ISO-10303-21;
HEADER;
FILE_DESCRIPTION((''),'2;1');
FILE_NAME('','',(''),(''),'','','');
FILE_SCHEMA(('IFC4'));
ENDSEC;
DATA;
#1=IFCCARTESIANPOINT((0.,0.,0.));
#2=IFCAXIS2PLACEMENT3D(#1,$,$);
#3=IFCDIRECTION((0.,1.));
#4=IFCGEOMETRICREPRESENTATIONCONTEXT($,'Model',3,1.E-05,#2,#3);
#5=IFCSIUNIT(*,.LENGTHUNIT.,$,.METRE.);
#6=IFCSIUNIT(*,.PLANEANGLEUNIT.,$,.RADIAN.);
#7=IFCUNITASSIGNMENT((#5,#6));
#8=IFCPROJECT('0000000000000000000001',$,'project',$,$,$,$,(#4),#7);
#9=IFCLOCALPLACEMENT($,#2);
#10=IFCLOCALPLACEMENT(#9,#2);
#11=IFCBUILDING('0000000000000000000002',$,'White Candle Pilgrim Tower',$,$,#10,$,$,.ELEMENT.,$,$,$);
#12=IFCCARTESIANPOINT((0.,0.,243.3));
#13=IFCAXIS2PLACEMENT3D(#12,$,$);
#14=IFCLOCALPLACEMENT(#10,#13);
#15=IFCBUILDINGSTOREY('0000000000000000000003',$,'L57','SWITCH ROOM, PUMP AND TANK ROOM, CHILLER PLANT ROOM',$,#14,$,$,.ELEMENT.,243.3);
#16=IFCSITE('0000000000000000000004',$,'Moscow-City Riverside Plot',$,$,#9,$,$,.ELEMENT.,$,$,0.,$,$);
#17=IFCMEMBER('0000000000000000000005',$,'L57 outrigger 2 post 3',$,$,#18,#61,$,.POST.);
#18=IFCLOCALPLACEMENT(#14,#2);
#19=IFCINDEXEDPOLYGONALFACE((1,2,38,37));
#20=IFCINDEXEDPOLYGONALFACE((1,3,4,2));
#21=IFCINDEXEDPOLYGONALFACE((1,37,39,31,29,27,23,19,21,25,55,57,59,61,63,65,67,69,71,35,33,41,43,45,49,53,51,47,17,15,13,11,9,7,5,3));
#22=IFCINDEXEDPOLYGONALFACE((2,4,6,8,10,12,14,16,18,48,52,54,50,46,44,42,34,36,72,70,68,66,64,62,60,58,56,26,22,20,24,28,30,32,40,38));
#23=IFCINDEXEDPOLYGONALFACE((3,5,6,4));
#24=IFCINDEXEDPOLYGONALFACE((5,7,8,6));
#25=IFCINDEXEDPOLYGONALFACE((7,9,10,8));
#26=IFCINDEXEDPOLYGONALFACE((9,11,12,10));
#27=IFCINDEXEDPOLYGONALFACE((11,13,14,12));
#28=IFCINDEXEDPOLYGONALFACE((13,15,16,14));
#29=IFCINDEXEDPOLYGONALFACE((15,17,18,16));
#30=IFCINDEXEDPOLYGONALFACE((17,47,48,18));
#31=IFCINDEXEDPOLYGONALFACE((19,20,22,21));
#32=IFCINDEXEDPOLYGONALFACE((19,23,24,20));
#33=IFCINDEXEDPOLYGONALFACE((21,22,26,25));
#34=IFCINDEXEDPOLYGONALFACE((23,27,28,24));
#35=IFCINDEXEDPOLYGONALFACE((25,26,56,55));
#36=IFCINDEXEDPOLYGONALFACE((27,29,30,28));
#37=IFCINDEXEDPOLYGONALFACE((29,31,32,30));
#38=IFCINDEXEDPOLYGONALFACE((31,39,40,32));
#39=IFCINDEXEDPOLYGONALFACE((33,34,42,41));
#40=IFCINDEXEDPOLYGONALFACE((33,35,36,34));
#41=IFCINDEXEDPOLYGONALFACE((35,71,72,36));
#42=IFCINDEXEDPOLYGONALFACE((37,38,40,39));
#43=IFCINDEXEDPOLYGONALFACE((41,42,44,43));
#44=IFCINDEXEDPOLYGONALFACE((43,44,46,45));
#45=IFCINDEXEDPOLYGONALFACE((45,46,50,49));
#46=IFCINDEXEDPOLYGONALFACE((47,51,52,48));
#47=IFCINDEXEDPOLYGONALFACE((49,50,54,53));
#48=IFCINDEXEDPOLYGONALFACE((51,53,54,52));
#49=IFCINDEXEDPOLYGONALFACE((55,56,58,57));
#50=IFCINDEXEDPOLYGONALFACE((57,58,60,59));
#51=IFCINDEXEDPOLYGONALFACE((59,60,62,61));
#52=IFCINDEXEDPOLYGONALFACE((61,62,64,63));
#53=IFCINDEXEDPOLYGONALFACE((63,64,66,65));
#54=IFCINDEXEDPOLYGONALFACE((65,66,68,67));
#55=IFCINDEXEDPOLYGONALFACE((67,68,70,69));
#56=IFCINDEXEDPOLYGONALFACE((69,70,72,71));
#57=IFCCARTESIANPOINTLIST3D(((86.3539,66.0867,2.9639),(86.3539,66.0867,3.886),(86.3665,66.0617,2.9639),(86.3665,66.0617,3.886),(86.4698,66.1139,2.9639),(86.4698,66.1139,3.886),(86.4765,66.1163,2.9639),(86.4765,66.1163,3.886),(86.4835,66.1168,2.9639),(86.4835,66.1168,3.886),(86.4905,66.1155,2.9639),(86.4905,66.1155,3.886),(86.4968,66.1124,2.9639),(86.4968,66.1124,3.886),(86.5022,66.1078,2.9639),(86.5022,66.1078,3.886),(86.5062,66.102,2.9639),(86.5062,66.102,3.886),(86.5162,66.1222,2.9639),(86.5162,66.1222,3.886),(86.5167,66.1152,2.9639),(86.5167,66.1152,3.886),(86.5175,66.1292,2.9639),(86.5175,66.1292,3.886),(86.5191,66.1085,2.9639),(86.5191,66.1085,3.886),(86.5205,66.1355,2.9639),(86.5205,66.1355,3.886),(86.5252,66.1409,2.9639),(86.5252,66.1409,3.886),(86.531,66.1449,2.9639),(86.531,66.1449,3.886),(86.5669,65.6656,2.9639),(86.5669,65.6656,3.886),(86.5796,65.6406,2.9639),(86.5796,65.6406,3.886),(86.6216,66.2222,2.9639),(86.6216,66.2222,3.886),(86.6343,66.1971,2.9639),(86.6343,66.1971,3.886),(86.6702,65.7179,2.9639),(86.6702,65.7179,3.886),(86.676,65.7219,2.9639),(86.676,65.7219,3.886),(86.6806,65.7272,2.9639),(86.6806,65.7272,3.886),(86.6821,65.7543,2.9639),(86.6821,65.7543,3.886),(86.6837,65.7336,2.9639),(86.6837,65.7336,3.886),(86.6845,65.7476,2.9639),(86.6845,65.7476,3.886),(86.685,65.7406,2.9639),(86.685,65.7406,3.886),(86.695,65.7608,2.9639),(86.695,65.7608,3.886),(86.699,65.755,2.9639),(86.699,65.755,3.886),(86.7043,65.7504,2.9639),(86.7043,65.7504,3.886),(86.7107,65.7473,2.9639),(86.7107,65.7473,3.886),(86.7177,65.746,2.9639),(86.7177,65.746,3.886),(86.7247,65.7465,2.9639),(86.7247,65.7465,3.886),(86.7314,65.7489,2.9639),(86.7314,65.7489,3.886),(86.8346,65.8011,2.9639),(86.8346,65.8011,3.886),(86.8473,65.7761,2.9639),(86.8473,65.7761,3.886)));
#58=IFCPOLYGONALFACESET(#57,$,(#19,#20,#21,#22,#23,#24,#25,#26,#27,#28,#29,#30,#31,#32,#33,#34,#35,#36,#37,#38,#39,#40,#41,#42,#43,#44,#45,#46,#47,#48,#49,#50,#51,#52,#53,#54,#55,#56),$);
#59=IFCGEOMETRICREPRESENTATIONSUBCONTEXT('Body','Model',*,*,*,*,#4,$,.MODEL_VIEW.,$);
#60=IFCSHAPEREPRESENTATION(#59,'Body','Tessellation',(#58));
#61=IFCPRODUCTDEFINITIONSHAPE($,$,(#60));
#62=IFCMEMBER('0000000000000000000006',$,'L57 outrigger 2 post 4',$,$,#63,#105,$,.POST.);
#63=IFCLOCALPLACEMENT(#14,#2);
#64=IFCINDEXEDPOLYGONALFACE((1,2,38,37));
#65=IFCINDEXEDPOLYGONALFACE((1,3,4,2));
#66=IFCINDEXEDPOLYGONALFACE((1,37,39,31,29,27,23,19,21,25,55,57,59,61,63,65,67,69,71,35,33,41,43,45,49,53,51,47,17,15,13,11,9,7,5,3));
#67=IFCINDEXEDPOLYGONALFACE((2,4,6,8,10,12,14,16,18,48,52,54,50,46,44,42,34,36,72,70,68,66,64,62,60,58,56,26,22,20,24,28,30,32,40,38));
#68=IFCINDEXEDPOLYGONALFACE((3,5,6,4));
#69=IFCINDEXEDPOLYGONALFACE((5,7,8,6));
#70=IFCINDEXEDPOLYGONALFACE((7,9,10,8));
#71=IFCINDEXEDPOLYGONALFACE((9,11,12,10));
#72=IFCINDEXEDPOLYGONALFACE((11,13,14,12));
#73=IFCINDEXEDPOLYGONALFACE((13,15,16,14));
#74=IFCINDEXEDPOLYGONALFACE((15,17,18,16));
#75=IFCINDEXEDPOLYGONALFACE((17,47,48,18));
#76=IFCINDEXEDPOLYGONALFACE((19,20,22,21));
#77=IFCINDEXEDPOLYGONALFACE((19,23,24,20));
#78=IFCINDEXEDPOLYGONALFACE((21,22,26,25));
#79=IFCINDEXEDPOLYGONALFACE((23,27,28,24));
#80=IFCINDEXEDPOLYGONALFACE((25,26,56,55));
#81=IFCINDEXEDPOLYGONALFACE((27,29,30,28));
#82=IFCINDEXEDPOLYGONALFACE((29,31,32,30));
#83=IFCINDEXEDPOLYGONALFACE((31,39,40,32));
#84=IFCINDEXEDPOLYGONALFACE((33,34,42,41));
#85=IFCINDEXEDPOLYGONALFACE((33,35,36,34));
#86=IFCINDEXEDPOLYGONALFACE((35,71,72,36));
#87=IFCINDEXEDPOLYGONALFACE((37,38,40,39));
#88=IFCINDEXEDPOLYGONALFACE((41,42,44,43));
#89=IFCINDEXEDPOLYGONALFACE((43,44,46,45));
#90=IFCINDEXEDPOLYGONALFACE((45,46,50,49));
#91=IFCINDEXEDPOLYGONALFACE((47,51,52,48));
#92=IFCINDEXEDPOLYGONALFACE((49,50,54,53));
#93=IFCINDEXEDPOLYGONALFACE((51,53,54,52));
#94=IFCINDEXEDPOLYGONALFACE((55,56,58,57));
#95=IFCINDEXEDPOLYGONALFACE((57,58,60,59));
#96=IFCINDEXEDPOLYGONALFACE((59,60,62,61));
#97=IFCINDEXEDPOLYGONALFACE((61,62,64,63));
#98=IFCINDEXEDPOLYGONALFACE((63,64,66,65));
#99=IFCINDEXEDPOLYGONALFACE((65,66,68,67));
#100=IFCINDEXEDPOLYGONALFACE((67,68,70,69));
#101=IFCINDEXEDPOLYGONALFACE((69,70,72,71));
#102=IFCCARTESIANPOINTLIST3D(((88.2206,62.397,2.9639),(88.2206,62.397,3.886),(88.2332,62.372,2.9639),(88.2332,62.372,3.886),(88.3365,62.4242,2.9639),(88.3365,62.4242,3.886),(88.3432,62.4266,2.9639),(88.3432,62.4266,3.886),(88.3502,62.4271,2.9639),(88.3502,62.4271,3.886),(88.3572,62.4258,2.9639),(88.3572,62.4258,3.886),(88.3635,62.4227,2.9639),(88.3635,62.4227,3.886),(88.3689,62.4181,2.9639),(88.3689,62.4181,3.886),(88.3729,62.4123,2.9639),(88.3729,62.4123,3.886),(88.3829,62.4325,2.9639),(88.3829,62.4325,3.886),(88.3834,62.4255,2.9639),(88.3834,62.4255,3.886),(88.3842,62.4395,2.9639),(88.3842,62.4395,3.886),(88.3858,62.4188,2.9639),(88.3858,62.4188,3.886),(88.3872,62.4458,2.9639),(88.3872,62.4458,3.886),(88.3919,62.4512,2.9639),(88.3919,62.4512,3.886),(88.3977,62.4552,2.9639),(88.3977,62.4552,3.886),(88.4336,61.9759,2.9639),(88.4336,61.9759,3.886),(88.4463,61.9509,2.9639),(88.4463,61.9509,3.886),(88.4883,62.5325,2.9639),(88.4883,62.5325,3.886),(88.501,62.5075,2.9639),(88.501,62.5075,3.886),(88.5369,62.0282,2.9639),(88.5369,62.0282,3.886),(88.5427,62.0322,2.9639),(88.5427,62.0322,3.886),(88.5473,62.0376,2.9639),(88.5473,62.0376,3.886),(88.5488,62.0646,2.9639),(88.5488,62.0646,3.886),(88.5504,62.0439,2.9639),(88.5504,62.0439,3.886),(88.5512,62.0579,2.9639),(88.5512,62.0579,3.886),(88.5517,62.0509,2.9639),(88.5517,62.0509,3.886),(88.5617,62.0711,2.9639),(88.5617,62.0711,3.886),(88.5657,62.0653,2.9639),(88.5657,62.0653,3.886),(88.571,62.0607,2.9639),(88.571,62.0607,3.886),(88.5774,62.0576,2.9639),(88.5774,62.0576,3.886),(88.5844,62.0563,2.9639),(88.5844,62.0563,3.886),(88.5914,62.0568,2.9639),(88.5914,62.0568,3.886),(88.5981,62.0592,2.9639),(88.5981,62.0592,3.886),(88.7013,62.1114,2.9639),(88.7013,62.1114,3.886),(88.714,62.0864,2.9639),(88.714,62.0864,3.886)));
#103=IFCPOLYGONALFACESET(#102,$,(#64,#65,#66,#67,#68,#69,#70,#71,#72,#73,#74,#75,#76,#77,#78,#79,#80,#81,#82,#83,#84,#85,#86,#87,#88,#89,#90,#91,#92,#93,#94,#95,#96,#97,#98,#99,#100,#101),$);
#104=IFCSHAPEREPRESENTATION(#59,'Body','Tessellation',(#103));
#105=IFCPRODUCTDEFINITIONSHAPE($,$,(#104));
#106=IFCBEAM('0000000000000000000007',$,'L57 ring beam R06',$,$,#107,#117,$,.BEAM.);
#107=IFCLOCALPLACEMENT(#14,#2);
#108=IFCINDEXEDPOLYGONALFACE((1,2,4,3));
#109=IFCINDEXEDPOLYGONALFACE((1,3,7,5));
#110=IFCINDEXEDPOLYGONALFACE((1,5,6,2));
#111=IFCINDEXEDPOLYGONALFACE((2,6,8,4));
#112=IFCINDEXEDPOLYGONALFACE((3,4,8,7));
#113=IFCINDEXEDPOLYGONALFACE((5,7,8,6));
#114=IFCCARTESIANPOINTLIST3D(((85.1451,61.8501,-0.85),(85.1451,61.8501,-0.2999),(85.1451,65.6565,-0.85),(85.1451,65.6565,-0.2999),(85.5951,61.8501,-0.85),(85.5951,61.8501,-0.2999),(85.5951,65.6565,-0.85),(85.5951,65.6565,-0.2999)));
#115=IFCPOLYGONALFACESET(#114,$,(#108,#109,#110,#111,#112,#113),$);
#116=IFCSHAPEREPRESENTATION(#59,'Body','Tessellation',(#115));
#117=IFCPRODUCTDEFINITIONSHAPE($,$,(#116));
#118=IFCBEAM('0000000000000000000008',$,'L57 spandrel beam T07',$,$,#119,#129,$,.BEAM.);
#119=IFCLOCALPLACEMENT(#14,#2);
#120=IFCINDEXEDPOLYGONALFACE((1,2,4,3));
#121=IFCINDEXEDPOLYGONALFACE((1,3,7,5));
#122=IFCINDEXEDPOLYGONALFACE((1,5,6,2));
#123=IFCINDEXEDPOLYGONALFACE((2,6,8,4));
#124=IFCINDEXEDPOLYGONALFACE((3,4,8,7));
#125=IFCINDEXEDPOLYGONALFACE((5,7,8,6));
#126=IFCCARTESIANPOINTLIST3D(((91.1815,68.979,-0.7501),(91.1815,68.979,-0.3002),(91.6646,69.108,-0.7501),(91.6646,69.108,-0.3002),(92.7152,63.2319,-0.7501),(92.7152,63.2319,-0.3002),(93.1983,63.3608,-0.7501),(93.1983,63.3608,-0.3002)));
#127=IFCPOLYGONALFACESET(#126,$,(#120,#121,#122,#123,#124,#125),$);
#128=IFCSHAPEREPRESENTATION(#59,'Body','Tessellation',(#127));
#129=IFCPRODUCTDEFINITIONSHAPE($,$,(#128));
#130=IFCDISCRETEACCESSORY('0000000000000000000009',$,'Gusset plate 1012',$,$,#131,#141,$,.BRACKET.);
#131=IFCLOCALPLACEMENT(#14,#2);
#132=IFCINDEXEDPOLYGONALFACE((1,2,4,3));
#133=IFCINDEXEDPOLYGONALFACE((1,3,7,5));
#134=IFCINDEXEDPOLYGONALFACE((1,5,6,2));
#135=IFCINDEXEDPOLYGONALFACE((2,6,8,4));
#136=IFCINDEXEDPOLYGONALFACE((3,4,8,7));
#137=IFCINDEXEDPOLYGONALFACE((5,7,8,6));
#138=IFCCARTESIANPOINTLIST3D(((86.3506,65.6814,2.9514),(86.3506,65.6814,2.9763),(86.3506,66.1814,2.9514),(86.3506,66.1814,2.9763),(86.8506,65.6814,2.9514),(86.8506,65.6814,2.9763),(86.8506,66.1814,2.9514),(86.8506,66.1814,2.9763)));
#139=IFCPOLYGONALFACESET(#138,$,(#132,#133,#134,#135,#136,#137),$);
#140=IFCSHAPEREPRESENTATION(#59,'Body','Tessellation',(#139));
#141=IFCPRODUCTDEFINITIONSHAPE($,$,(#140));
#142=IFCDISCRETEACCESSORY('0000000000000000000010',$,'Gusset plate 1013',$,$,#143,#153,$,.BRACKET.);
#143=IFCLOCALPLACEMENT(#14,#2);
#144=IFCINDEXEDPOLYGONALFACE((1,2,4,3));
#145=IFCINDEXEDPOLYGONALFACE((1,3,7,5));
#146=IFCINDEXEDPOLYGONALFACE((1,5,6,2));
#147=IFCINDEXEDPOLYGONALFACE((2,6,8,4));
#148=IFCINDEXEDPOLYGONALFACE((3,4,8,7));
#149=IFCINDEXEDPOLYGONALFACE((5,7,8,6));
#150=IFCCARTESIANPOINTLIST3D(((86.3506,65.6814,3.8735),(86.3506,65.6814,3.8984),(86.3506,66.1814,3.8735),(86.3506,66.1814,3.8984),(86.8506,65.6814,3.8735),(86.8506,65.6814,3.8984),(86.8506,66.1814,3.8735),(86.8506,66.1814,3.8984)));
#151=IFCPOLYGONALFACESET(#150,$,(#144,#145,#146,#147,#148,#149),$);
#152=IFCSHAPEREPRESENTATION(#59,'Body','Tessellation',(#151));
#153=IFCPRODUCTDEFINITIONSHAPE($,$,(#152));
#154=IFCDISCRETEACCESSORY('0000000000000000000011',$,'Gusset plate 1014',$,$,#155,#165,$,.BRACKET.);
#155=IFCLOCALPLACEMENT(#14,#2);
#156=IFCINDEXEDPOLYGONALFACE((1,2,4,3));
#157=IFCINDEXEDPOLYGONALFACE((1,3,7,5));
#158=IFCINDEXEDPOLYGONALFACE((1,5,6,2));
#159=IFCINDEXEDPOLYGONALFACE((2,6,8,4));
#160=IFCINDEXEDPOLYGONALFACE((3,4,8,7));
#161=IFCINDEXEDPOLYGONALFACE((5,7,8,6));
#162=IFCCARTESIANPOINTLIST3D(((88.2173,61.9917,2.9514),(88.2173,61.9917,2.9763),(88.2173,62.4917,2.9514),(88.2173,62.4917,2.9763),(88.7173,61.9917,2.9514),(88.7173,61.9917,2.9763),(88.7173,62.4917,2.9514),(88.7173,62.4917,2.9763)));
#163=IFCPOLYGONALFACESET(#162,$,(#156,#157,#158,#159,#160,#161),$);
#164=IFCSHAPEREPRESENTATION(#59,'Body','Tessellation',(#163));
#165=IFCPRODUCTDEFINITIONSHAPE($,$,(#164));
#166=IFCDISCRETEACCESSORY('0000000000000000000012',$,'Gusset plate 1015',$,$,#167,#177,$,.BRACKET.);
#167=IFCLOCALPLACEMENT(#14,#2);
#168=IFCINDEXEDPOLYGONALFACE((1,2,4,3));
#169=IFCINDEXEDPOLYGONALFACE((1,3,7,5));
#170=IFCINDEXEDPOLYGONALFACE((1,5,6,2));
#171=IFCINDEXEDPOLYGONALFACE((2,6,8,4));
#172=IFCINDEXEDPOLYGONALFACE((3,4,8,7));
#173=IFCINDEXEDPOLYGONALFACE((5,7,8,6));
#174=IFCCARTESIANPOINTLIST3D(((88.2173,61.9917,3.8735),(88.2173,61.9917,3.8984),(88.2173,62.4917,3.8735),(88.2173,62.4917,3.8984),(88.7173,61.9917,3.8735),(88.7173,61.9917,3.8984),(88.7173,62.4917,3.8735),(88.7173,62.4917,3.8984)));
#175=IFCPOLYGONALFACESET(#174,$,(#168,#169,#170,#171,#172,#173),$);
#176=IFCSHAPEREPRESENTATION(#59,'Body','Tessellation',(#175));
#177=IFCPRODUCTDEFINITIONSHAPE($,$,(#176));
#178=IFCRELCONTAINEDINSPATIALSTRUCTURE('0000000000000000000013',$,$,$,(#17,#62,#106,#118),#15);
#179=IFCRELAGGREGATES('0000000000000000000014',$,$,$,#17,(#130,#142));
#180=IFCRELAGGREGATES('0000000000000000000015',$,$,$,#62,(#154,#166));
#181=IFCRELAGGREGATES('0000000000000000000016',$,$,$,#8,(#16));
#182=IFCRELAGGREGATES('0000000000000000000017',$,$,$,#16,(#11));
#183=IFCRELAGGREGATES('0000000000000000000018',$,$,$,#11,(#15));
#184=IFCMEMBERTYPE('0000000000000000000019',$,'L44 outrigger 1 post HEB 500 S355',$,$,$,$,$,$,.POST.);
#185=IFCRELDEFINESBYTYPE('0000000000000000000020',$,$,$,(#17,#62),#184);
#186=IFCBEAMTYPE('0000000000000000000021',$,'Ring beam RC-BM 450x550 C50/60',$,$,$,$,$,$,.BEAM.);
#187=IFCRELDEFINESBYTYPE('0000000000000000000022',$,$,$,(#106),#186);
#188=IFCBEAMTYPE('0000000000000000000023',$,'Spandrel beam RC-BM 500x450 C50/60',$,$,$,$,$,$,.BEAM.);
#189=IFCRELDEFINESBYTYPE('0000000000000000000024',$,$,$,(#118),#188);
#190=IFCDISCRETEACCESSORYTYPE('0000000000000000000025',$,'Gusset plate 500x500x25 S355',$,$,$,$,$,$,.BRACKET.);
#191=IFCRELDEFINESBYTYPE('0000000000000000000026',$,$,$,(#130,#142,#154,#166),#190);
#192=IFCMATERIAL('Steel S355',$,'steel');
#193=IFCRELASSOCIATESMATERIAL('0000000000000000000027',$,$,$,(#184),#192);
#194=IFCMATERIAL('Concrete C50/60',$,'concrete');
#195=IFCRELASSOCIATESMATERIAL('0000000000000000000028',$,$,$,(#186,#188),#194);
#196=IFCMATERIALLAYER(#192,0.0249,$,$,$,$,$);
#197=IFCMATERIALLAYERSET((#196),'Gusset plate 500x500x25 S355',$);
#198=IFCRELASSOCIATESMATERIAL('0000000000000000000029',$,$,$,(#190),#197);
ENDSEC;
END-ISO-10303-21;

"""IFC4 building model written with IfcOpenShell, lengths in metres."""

from ifc_helpers import new_model, si_unit, direction, frame, origin, origin_2d, place, context, subcontext, project, spatial, rectangle, i_section, extrude, material, layer, layer_set, material_profile, profile_set, type_object, element, aggregate, save


model = new_model("IFC4")

# Units and contexts
model_context = context("Model", 3, precision=1e-05, world=origin(), true_north=direction((0.0, 1.0)))
body_context = subcontext(model_context, "Body", "Model", "MODEL_VIEW")
ifc_project = project(units=[si_unit("LENGTHUNIT", "METRE"), si_unit("PLANEANGLEUNIT", "RADIAN")], contexts=[model_context])

# Site, building, storey
site_placement = place(None, origin())
site = spatial("IfcSite", under=ifc_project, at=site_placement, Name="Moscow-City Riverside Plot", CompositionType="ELEMENT", RefElevation=0.0)
building_placement = place(site_placement, origin())
building = spatial("IfcBuilding", under=site, at=building_placement, Name="White Candle Pilgrim Tower", CompositionType="ELEMENT")
storey_placement = place(building_placement, frame((0.0, 0.0, 243.3)))
storey = spatial("IfcBuildingStorey", under=building, at=storey_placement, Name="L57", Description="SWITCH ROOM, PUMP AND TANK ROOM, CHILLER PLANT ROOM", CompositionType="ELEMENT", Elevation=243.3)

# Shared definitions
ifc_material_1 = material(Name="Steel S355", Category="steel")

# Members
ifc_material_profile_1 = material_profile(ifc_material_1, i_section(OverallWidth=0.3, OverallDepth=0.5, WebThickness=0.0144, FlangeThickness=0.0281, FilletRadius=0.0271, at=origin_2d()), Name="HEB 500")
ifc_profile_set_1 = profile_set([ifc_material_profile_1], Name="Steel S355")
member_type_1 = type_object("IfcMemberType", Name="L44 outrigger 1 post HEB 500 S355", PredefinedType="POST", material=ifc_profile_set_1)
member_1_placement = place(storey_placement, frame((86.6006, 65.9314, 2.9639), z_axis=(0.0, 0.0, 1.0), x_axis=(0.892284, 0.451475, 0.0)))
member_1 = element("IfcMember", 1, at=member_1_placement, inside=storey, type_object=member_type_1, Name="L57 outrigger 2 post 3", PredefinedType="POST", context=body_context, shape_type="SweptSolid", body=[
    extrude(i_section(OverallWidth=0.3, OverallDepth=0.5, WebThickness=0.0144, FlangeThickness=0.0281, FilletRadius=0.0271, at=origin_2d()), origin(), (0.0, 0.0, 1.0), 0.9221),
])
member_2_placement = place(storey_placement, frame((88.4673, 62.2417, 2.9639), z_axis=(0.0, 0.0, 1.0), x_axis=(0.892284, 0.451475, 0.0)))
member_2 = element("IfcMember", 2, at=member_2_placement, inside=storey, type_object=member_type_1, Name="L57 outrigger 2 post 4", PredefinedType="POST", context=body_context, shape_type="SweptSolid", body=[
    extrude(i_section(OverallWidth=0.3, OverallDepth=0.5, WebThickness=0.0144, FlangeThickness=0.0281, FilletRadius=0.0271, at=origin_2d()), origin(), (0.0, 0.0, 1.0), 0.9221),
])

# Beams
ifc_material_2 = material(Name="Concrete C50/60", Category="concrete")
ifc_material_profile_2 = material_profile(ifc_material_2, rectangle(XDim=0.45, YDim=0.55, at=origin_2d()), Name="RC-BM 450x550")
ifc_profile_set_2 = profile_set([ifc_material_profile_2], Name="Concrete C50/60")
beam_type_1 = type_object("IfcBeamType", Name="Ring beam RC-BM 450x550 C50/60", PredefinedType="BEAM", material=ifc_profile_set_2)
beam_1_placement = place(storey_placement, frame((85.3701, 65.6565, -0.575), z_axis=(0.0, -1.0, 0.0), x_axis=(1.0, 0.0, 0.0)))
element("IfcBeam", 3, at=beam_1_placement, inside=storey, type_object=beam_type_1, Name="L57 ring beam R06", PredefinedType="BEAM", context=body_context, shape_type="SweptSolid", body=[
    extrude(rectangle(XDim=0.45, YDim=0.55, at=origin_2d()), origin(), (0.0, 0.0, 1.0), 3.8064),
])
ifc_material_profile_3 = material_profile(ifc_material_2, rectangle(XDim=0.5, YDim=0.45, at=origin_2d()), Name="RC-BM 500x450")
ifc_profile_set_3 = profile_set([ifc_material_profile_3], Name="Concrete C50/60")
beam_type_2 = type_object("IfcBeamType", Name="Spandrel beam RC-BM 500x450 C50/60", PredefinedType="BEAM", material=ifc_profile_set_3)
beam_2_placement = place(storey_placement, frame((92.9568, 63.2964, -0.5251), z_axis=(-0.257841, 0.966187, 0.0), x_axis=(-0.966187, -0.257841, 0.0)))
element("IfcBeam", 4, at=beam_2_placement, inside=storey, type_object=beam_type_2, Name="L57 spandrel beam T07", PredefinedType="BEAM", context=body_context, shape_type="SweptSolid", body=[
    extrude(rectangle(XDim=0.5, YDim=0.45, at=origin_2d()), origin(), (0.0, 0.0, 1.0), 5.9482),
])

# Discrete accessories
ifc_layer_1 = layer(ifc_material_1, 0.0249)
ifc_layer_set_1 = layer_set([ifc_layer_1], Name="Gusset plate 500x500x25 S355")
discrete_accessory_type = type_object("IfcDiscreteAccessoryType", Name="Gusset plate 500x500x25 S355", PredefinedType="BRACKET", material=ifc_layer_set_1)
discrete_accessory_1_placement = place(storey_placement, frame((86.6006, 65.9314, 2.9514), z_axis=(0.0, 0.0, 1.0), x_axis=(1.0, 0.0, 0.0)))
discrete_accessory_1 = element("IfcDiscreteAccessory", 5, at=discrete_accessory_1_placement, type_object=discrete_accessory_type, Name="Gusset plate 1012", PredefinedType="BRACKET", context=body_context, shape_type="SweptSolid", body=[
    extrude(rectangle(XDim=0.5, YDim=0.5, at=origin_2d()), origin(), (0.0, 0.0, 1.0), 0.0249),
])
discrete_accessory_2_placement = place(storey_placement, frame((86.6006, 65.9314, 3.8735), z_axis=(0.0, 0.0, 1.0), x_axis=(1.0, 0.0, 0.0)))
discrete_accessory_2 = element("IfcDiscreteAccessory", 6, at=discrete_accessory_2_placement, type_object=discrete_accessory_type, Name="Gusset plate 1013", PredefinedType="BRACKET", context=body_context, shape_type="SweptSolid", body=[
    extrude(rectangle(XDim=0.5, YDim=0.5, at=origin_2d()), origin(), (0.0, 0.0, 1.0), 0.0249),
])
aggregate(member_1, [discrete_accessory_1, discrete_accessory_2])
discrete_accessory_3_placement = place(storey_placement, frame((88.4673, 62.2417, 2.9514), z_axis=(0.0, 0.0, 1.0), x_axis=(1.0, 0.0, 0.0)))
discrete_accessory_3 = element("IfcDiscreteAccessory", 7, at=discrete_accessory_3_placement, type_object=discrete_accessory_type, Name="Gusset plate 1014", PredefinedType="BRACKET", context=body_context, shape_type="SweptSolid", body=[
    extrude(rectangle(XDim=0.5, YDim=0.5, at=origin_2d()), origin(), (0.0, 0.0, 1.0), 0.0249),
])
discrete_accessory_4_placement = place(storey_placement, frame((88.4673, 62.2417, 3.8735), z_axis=(0.0, 0.0, 1.0), x_axis=(1.0, 0.0, 0.0)))
discrete_accessory_4 = element("IfcDiscreteAccessory", 8, at=discrete_accessory_4_placement, type_object=discrete_accessory_type, Name="Gusset plate 1015", PredefinedType="BRACKET", context=body_context, shape_type="SweptSolid", body=[
    extrude(rectangle(XDim=0.5, YDim=0.5, at=origin_2d()), origin(), (0.0, 0.0, 1.0), 0.0249),
])
aggregate(member_2, [discrete_accessory_3, discrete_accessory_4])

save(model, "model.ifc")
